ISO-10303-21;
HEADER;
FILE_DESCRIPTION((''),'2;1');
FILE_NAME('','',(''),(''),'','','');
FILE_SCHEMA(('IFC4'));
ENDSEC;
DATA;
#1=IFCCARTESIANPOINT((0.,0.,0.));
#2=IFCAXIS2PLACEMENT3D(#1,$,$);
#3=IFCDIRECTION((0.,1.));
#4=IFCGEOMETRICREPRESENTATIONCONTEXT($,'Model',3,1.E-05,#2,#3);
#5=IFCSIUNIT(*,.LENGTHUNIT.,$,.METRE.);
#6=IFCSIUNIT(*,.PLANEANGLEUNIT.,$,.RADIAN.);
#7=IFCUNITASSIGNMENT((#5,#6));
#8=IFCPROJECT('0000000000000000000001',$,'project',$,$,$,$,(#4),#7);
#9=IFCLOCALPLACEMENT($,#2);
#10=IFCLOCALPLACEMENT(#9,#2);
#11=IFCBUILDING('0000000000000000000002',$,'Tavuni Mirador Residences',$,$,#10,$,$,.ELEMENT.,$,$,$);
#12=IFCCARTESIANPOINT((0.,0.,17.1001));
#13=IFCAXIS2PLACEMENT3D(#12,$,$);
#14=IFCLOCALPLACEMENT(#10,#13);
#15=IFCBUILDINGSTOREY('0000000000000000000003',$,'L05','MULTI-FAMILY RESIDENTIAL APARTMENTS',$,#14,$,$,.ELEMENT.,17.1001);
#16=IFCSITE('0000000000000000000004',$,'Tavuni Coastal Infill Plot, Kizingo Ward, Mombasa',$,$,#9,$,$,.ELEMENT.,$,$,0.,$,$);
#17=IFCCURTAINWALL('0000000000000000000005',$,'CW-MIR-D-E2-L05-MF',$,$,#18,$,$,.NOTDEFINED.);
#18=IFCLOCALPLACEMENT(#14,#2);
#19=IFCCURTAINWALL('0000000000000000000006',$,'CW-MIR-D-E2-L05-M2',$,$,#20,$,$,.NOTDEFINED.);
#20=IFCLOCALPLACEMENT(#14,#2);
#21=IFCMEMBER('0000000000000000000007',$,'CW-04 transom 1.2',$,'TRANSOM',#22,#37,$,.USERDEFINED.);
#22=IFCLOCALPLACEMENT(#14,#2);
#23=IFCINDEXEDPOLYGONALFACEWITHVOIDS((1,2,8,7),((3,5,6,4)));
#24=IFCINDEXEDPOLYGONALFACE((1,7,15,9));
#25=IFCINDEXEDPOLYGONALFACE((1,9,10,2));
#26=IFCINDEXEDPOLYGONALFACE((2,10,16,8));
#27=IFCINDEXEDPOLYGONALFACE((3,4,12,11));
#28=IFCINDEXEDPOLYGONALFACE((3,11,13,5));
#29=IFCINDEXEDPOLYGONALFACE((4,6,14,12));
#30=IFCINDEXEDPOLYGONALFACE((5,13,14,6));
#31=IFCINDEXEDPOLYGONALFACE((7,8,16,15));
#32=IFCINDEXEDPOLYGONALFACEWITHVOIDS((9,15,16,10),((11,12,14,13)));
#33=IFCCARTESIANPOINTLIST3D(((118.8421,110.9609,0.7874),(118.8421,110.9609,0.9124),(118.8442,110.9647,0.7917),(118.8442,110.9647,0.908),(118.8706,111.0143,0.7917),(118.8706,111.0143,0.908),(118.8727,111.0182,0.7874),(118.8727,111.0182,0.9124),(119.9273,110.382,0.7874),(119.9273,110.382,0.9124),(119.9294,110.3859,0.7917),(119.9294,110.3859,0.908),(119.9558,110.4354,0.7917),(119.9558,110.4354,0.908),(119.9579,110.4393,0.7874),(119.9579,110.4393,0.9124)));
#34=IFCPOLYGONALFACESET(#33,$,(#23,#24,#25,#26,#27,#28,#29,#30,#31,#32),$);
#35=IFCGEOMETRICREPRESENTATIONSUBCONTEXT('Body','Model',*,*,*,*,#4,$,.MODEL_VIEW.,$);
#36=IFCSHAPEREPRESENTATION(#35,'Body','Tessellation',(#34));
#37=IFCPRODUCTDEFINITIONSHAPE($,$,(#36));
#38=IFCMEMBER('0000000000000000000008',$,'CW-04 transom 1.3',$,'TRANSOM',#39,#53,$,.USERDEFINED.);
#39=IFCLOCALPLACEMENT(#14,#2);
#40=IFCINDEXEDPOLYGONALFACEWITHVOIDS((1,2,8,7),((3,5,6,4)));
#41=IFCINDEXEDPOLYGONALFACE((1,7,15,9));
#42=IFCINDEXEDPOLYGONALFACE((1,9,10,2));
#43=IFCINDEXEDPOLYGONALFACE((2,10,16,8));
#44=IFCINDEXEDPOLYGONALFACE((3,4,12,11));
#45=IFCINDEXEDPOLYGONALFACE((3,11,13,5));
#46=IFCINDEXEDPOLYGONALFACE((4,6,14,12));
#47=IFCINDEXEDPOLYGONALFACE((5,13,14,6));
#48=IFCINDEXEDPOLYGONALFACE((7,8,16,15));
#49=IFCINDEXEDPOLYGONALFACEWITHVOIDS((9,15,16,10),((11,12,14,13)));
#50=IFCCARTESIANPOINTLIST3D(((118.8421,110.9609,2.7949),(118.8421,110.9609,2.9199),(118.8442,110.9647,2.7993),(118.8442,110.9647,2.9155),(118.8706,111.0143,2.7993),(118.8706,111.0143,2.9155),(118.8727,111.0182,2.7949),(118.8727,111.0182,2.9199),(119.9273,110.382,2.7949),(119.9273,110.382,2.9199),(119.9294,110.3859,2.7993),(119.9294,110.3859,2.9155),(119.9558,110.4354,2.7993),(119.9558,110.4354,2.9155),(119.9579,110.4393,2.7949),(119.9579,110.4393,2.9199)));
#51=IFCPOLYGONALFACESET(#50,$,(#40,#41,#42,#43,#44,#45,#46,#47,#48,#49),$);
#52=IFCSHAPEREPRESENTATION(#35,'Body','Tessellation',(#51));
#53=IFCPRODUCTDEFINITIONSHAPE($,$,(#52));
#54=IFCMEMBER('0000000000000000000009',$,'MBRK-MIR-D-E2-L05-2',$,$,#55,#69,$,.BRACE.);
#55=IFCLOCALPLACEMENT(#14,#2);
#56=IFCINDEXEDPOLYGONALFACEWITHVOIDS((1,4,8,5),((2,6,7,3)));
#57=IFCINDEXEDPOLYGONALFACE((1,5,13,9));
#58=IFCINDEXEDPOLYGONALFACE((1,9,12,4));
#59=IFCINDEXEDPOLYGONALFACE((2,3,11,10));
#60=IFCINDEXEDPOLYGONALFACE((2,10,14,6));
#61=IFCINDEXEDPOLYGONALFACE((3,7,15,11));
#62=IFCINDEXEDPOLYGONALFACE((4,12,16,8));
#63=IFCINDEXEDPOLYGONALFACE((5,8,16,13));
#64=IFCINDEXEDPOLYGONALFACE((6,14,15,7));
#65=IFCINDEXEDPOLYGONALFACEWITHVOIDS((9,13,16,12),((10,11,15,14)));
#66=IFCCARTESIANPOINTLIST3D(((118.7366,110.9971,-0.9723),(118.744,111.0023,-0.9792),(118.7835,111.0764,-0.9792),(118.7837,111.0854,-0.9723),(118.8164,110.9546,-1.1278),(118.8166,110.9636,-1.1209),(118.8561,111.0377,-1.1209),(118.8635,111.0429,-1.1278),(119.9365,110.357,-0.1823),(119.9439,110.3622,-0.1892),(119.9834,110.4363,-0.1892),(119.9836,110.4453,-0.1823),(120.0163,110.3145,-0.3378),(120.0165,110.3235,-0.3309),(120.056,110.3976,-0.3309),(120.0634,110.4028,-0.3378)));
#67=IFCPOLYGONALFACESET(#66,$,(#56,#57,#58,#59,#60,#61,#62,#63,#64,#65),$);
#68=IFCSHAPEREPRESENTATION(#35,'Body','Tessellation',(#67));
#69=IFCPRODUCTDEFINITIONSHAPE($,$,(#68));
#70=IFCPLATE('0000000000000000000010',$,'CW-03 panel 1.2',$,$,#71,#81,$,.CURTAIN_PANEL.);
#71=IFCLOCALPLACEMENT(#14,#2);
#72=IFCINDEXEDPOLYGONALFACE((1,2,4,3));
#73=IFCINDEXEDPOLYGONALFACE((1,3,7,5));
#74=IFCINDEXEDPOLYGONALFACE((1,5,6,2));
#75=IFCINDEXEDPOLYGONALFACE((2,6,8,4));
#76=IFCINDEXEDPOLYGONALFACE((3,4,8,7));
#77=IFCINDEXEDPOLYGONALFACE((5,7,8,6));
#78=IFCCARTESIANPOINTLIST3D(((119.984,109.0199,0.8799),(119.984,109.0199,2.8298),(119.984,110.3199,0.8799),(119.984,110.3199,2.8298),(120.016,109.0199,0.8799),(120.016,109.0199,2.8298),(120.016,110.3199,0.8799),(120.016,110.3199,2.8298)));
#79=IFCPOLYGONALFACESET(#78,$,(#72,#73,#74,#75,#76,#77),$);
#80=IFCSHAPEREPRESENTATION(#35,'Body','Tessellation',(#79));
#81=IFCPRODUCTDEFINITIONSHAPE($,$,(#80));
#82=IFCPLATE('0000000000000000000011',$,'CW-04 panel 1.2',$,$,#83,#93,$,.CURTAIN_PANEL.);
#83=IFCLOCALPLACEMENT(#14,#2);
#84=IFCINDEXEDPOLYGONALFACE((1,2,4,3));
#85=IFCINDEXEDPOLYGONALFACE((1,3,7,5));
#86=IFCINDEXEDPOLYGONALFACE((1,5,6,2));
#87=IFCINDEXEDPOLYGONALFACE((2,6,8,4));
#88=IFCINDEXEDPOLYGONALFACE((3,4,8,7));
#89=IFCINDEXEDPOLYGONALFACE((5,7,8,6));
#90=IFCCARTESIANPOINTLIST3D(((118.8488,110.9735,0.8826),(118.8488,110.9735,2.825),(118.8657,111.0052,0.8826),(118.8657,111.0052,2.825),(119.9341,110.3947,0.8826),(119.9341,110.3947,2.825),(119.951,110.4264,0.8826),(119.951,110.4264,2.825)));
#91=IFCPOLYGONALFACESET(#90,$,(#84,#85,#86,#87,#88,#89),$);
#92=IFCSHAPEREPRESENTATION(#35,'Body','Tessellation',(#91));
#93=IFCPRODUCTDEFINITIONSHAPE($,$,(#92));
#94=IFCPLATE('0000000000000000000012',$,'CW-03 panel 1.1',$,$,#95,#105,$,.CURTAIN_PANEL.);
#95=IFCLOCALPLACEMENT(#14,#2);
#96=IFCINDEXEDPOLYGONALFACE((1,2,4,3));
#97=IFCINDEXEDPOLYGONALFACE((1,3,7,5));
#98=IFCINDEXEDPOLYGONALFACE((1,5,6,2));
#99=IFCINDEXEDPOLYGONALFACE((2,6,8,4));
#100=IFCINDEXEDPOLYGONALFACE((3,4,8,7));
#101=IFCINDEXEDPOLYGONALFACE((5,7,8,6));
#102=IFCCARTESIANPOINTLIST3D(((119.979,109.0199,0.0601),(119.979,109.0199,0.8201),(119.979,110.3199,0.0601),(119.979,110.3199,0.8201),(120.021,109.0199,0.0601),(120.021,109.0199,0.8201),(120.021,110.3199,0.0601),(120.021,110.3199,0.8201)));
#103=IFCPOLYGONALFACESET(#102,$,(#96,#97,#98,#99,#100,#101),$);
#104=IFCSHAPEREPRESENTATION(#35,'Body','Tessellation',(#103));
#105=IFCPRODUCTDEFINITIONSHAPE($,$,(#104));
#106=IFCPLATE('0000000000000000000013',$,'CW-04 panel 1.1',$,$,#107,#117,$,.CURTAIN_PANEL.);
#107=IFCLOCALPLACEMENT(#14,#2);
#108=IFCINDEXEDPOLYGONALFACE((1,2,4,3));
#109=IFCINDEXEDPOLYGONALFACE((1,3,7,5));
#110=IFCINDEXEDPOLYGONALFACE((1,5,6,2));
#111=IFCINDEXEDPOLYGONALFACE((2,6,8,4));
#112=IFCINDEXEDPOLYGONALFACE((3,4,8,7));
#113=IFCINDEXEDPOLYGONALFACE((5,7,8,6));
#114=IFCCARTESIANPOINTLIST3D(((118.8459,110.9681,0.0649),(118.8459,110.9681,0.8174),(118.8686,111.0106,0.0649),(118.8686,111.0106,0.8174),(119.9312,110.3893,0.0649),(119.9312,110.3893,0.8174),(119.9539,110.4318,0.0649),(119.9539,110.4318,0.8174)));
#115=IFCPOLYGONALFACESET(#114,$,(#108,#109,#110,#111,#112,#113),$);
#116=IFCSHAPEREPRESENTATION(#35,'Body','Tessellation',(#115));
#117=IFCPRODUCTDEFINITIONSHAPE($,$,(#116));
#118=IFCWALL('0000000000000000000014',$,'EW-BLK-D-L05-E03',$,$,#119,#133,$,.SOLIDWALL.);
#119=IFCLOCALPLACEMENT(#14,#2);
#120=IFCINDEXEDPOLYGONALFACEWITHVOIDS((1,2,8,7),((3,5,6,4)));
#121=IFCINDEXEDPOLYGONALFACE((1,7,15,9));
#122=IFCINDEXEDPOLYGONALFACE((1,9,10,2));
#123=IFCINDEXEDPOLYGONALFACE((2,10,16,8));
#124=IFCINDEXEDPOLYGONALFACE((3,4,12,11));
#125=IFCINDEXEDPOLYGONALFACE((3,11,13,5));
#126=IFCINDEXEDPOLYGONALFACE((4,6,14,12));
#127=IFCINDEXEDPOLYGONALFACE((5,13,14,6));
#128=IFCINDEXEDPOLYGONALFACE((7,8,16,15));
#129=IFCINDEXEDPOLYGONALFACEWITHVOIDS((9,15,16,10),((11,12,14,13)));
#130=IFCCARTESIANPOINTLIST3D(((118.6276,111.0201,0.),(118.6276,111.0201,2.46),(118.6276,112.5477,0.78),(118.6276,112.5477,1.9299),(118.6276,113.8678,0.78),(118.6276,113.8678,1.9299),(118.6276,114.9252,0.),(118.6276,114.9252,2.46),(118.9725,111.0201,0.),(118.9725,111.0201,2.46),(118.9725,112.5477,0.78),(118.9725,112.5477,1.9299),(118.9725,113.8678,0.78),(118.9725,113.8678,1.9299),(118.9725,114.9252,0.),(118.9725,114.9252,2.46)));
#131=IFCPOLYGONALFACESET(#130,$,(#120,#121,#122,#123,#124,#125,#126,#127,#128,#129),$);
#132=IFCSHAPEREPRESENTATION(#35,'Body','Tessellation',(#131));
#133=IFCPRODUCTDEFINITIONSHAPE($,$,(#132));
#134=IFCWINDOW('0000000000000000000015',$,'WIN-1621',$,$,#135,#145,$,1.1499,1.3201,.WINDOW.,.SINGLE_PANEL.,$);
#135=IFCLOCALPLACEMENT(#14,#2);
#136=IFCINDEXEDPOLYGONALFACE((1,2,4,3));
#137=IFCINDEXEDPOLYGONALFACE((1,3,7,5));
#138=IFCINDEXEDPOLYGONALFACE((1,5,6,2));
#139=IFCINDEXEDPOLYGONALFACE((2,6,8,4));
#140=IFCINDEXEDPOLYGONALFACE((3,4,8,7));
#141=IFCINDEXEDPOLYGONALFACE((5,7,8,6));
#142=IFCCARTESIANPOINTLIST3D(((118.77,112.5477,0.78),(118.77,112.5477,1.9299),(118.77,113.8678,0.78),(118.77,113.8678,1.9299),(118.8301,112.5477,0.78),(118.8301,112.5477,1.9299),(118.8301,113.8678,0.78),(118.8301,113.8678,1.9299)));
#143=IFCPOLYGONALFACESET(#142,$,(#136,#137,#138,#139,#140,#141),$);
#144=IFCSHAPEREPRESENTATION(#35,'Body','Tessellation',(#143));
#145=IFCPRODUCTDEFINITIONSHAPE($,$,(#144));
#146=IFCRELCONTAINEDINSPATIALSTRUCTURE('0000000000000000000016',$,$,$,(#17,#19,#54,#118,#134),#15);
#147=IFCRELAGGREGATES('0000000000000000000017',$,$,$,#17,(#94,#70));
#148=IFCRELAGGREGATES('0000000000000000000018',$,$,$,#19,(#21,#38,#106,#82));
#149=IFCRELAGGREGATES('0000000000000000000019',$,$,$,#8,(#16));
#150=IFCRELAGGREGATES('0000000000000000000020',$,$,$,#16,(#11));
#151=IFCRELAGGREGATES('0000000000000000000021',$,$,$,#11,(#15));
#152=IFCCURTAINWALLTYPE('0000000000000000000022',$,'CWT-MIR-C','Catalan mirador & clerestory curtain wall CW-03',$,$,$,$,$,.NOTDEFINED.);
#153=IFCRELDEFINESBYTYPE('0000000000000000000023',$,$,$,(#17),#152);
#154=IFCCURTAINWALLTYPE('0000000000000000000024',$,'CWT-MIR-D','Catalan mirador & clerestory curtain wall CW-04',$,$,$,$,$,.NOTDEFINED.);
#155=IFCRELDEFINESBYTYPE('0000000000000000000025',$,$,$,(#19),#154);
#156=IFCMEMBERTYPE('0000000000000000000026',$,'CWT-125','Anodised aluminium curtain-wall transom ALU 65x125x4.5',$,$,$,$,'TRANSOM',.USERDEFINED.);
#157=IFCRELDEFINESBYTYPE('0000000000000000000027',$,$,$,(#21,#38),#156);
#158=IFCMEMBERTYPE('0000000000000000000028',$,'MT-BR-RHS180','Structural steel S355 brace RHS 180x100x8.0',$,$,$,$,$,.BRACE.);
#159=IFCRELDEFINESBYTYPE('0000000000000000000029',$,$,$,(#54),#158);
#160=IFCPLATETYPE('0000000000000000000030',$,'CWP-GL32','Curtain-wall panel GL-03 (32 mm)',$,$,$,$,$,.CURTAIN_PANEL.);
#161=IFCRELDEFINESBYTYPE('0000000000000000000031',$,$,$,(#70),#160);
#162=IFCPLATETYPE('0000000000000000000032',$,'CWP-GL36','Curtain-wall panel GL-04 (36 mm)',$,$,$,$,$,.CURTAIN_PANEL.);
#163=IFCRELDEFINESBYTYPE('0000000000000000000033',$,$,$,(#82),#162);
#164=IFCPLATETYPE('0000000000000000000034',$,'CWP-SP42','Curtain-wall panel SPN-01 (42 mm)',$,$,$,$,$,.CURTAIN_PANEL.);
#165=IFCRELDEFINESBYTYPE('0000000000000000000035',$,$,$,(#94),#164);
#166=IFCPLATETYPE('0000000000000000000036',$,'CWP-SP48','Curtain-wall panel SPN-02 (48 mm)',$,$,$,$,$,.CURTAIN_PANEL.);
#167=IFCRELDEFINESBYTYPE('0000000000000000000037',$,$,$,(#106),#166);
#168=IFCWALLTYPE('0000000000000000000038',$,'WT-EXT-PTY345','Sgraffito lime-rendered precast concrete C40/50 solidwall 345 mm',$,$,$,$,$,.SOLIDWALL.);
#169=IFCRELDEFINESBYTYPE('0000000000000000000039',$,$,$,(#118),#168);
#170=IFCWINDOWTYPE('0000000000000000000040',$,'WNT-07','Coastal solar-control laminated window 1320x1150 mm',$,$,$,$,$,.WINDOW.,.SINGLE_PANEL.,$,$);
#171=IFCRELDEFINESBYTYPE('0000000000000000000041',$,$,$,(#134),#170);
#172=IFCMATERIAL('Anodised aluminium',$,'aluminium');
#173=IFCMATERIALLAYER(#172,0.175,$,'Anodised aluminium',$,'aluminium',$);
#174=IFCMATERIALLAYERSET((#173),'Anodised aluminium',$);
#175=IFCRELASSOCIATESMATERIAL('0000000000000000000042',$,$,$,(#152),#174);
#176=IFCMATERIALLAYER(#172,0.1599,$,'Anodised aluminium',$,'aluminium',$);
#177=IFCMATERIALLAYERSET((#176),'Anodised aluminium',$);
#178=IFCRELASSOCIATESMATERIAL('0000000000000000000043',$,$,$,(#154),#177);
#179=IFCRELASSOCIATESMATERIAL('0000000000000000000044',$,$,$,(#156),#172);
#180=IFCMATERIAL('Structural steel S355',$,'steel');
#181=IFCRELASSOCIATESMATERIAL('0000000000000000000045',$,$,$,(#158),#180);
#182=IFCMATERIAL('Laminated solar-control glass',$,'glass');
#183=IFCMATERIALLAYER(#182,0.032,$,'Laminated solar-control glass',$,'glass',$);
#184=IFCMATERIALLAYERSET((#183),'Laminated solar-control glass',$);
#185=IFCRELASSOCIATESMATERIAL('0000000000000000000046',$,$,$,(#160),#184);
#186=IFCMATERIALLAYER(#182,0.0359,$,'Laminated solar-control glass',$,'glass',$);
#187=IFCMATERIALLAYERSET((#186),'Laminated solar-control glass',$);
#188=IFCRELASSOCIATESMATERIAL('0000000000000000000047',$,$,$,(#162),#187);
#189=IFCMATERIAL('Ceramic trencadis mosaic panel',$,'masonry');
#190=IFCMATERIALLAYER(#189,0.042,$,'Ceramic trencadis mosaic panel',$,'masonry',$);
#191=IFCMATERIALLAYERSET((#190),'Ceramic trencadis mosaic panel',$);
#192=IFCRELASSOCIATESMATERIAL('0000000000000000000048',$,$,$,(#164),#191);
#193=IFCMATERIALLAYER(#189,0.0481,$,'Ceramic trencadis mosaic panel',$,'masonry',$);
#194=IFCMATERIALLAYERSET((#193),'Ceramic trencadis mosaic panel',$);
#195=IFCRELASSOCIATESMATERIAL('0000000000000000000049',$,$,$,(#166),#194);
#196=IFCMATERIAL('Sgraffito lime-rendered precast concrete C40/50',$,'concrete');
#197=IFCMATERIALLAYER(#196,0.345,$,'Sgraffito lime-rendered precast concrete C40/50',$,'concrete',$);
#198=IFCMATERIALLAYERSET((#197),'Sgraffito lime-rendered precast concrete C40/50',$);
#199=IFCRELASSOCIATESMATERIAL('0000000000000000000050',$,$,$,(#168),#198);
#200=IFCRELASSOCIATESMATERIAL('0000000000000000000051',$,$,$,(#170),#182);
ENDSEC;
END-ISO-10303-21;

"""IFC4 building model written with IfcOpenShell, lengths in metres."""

from ifc_helpers import new_model, si_unit, direction, frame, frame_2d, origin, origin_2d, place, context, subcontext, project, spatial, rectangle, hollow_rectangle, extrude, material, layer, layer_set, material_profile, profile_set, type_object, element, fill, aggregate, save


model = new_model("IFC4")

# Units and contexts
model_context = context("Model", 3, precision=1e-05, world=origin(), true_north=direction((0.0, 1.0)))
body_context = subcontext(model_context, "Body", "Model", "MODEL_VIEW")
ifc_project = project(units=[si_unit("LENGTHUNIT", "METRE"), si_unit("PLANEANGLEUNIT", "RADIAN")], contexts=[model_context])

# Site, building, storey
site_placement = place(None, origin())
site = spatial("IfcSite", under=ifc_project, at=site_placement, Name="Tavuni Coastal Infill Plot, Kizingo Ward, Mombasa", CompositionType="ELEMENT", RefElevation=0.0)
building_placement = place(site_placement, origin())
building = spatial("IfcBuilding", under=site, at=building_placement, Name="Tavuni Mirador Residences", CompositionType="ELEMENT")
storey_placement = place(building_placement, frame((0.0, 0.0, 17.1001)))
storey = spatial("IfcBuildingStorey", under=building, at=storey_placement, Name="L05", Description="MULTI-FAMILY RESIDENTIAL APARTMENTS", CompositionType="ELEMENT", Elevation=17.1001)

# Curtain walls
ifc_material_1 = material(Name="Anodised aluminium", Category="aluminium")
ifc_layer_1 = layer(ifc_material_1, 0.175, Name="Anodised aluminium", Category="aluminium")
ifc_layer_set_1 = layer_set([ifc_layer_1], Name="Anodised aluminium")
curtain_wall_type_1 = type_object("IfcCurtainWallType", Name="CWT-MIR-C", Description="Catalan mirador & clerestory curtain wall CW-03", PredefinedType="NOTDEFINED", material=ifc_layer_set_1)
curtain_wall_1_placement = place(storey_placement, origin())
curtain_wall_1 = element("IfcCurtainWall", 1, at=curtain_wall_1_placement, inside=storey, type_object=curtain_wall_type_1, Name="CW-MIR-D-E2-L05-MF", PredefinedType="NOTDEFINED")
ifc_layer_2 = layer(ifc_material_1, 0.1599, Name="Anodised aluminium", Category="aluminium")
ifc_layer_set_2 = layer_set([ifc_layer_2], Name="Anodised aluminium")
curtain_wall_type_2 = type_object("IfcCurtainWallType", Name="CWT-MIR-D", Description="Catalan mirador & clerestory curtain wall CW-04", PredefinedType="NOTDEFINED", material=ifc_layer_set_2)
curtain_wall_2_placement = place(storey_placement, origin())
curtain_wall_2 = element("IfcCurtainWall", 2, at=curtain_wall_2_placement, inside=storey, type_object=curtain_wall_type_2, Name="CW-MIR-D-E2-L05-M2", PredefinedType="NOTDEFINED")

# Members
ifc_material_profile_1 = material_profile(ifc_material_1, hollow_rectangle(XDim=0.0649, YDim=0.125, WallThickness=0.0044, at=origin_2d()), Name="ALU 65x125x4.5", Category="aluminium")
ifc_profile_set_1 = profile_set([ifc_material_profile_1], Name="Anodised aluminium")
member_type_1 = type_object("IfcMemberType", Name="CWT-125", Description="Anodised aluminium curtain-wall transom ALU 65x125x4.5", ElementType="TRANSOM", PredefinedType="USERDEFINED", material=ifc_profile_set_1)
member_1_placement = place(storey_placement, frame((119.9426, 110.4106, 0.8499), z_axis=(-0.882325, 0.47064, 0.0), x_axis=(-0.47064, -0.882325, 0.0)))
member_1 = element("IfcMember", 3, at=member_1_placement, type_object=member_type_1, Name="CW-04 transom 1.2", ObjectType="TRANSOM", PredefinedType="USERDEFINED", context=body_context, shape_type="SweptSolid", body=[
    extrude(hollow_rectangle(XDim=0.0649, YDim=0.125, WallThickness=0.0044, at=origin_2d()), origin(), (0.0, 0.0, 1.0), 1.23),
])
member_2_placement = place(storey_placement, frame((119.9426, 110.4106, 2.8574), z_axis=(-0.882325, 0.47064, 0.0), x_axis=(-0.47064, -0.882325, 0.0)))
member_2 = element("IfcMember", 4, at=member_2_placement, type_object=member_type_1, Name="CW-04 transom 1.3", ObjectType="TRANSOM", PredefinedType="USERDEFINED", context=body_context, shape_type="SweptSolid", body=[
    extrude(hollow_rectangle(XDim=0.0649, YDim=0.125, WallThickness=0.0044, at=origin_2d()), origin(), (0.0, 0.0, 1.0), 1.23),
])
ifc_material_2 = material(Name="Structural steel S355", Category="steel")
ifc_material_profile_2 = material_profile(ifc_material_2, hollow_rectangle(XDim=0.1001, YDim=0.1799, WallThickness=0.0081, at=origin_2d()), Name="RHS 180x100x8.0", Category="steel")
ifc_profile_set_2 = profile_set([ifc_material_profile_2], Name="Structural steel S355")
member_type_2 = type_object("IfcMemberType", Name="MT-BR-RHS180", Description="Structural steel S355 brace RHS 180x100x8.0", PredefinedType="BRACE", material=ifc_profile_set_2)
member_3_placement = place(storey_placement, frame((118.8, 111.02, -1.05), z_axis=(0.762921, -0.406995, 0.502302), x_axis=(0.470681, 0.882303, 0.0)))
element("IfcMember", 5, at=member_3_placement, inside=storey, type_object=member_type_2, Name="MBRK-MIR-D-E2-L05-2", PredefinedType="BRACE", context=body_context, shape_type="SweptSolid", body=[
    extrude(hollow_rectangle(XDim=0.1001, YDim=0.1799, WallThickness=0.0081, at=origin_2d()), origin(), (0.0, 0.0, 1.0), 1.5728),
])

# Plates
ifc_material_3 = material(Name="Laminated solar-control glass", Category="glass")
ifc_layer_3 = layer(ifc_material_3, 0.032, Name="Laminated solar-control glass", Category="glass")
ifc_layer_set_3 = layer_set([ifc_layer_3], Name="Laminated solar-control glass")
plate_type_1 = type_object("IfcPlateType", Name="CWP-GL32", Description="Curtain-wall panel GL-03 (32 mm)", PredefinedType="CURTAIN_PANEL", material=ifc_layer_set_3)
plate_1_placement = place(storey_placement, frame((120.0, 109.6699, 0.8799), z_axis=(0.0, 0.0, 1.0), x_axis=(0.0, 1.0, 0.0)))
plate_1 = element("IfcPlate", 6, at=plate_1_placement, type_object=plate_type_1, Name="CW-03 panel 1.2", PredefinedType="CURTAIN_PANEL", context=body_context, shape_type="SweptSolid", body=[
    extrude(rectangle(XDim=1.3, YDim=0.032, at=origin_2d()), origin(), (0.0, 0.0, 1.0), 1.95),
])
ifc_layer_4 = layer(ifc_material_3, 0.0359, Name="Laminated solar-control glass", Category="glass")
ifc_layer_set_4 = layer_set([ifc_layer_4], Name="Laminated solar-control glass")
plate_type_2 = type_object("IfcPlateType", Name="CWP-GL36", Description="Curtain-wall panel GL-04 (36 mm)", PredefinedType="CURTAIN_PANEL", material=ifc_layer_set_4)
plate_2_placement = place(storey_placement, frame((119.3999, 110.7, 0.8826), z_axis=(0.0, 0.0, 1.0), x_axis=(-0.882353, 0.470588, 0.0)))
plate_2 = element("IfcPlate", 7, at=plate_2_placement, type_object=plate_type_2, Name="CW-04 panel 1.2", PredefinedType="CURTAIN_PANEL", context=body_context, shape_type="SweptSolid", body=[
    extrude(rectangle(XDim=1.23, YDim=0.0359, at=origin_2d()), origin(), (0.0, 0.0, 1.0), 1.9424),
])
ifc_material_4 = material(Name="Ceramic trencadis mosaic panel", Category="masonry")
ifc_layer_5 = layer(ifc_material_4, 0.042, Name="Ceramic trencadis mosaic panel", Category="masonry")
ifc_layer_set_5 = layer_set([ifc_layer_5], Name="Ceramic trencadis mosaic panel")
plate_type_3 = type_object("IfcPlateType", Name="CWP-SP42", Description="Curtain-wall panel SPN-01 (42 mm)", PredefinedType="CURTAIN_PANEL", material=ifc_layer_set_5)
plate_3_placement = place(storey_placement, frame((120.0, 109.6699, 0.0601), z_axis=(0.0, 0.0, 1.0), x_axis=(0.0, 1.0, 0.0)))
plate_3 = element("IfcPlate", 8, at=plate_3_placement, type_object=plate_type_3, Name="CW-03 panel 1.1", PredefinedType="CURTAIN_PANEL", context=body_context, shape_type="SweptSolid", body=[
    extrude(rectangle(XDim=1.3, YDim=0.042, at=origin_2d()), origin(), (0.0, 0.0, 1.0), 0.76),
])
aggregate(curtain_wall_1, [plate_3, plate_1])
ifc_layer_6 = layer(ifc_material_4, 0.0481, Name="Ceramic trencadis mosaic panel", Category="masonry")
ifc_layer_set_6 = layer_set([ifc_layer_6], Name="Ceramic trencadis mosaic panel")
plate_type_4 = type_object("IfcPlateType", Name="CWP-SP48", Description="Curtain-wall panel SPN-02 (48 mm)", PredefinedType="CURTAIN_PANEL", material=ifc_layer_set_6)
plate_4_placement = place(storey_placement, frame((119.3999, 110.7, 0.0649), z_axis=(0.0, 0.0, 1.0), x_axis=(-0.882353, 0.470588, 0.0)))
plate_4 = element("IfcPlate", 9, at=plate_4_placement, type_object=plate_type_4, Name="CW-04 panel 1.1", PredefinedType="CURTAIN_PANEL", context=body_context, shape_type="SweptSolid", body=[
    extrude(rectangle(XDim=1.23, YDim=0.0481, at=origin_2d()), origin(), (0.0, 0.0, 1.0), 0.7524),
])
aggregate(curtain_wall_2, [member_1, member_2, plate_4, plate_2])

# Wall, opening, window
ifc_material_5 = material(Name="Sgraffito lime-rendered precast concrete C40/50", Category="concrete")
ifc_layer_7 = layer(ifc_material_5, 0.345, Name="Sgraffito lime-rendered precast concrete C40/50", Category="concrete")
ifc_layer_set_7 = layer_set([ifc_layer_7], Name="Sgraffito lime-rendered precast concrete C40/50")
wall_type = type_object("IfcWallType", Name="WT-EXT-PTY345", Description="Sgraffito lime-rendered precast concrete C40/50 solidwall 345 mm", PredefinedType="SOLIDWALL", material=ifc_layer_set_7)
wall_1_placement = place(storey_placement, frame((118.8, 111.02, 0.0), z_axis=(0.0, 0.0, 1.0), x_axis=(0.0, 1.0, 0.0)))
wall_1 = element("IfcWall", 10, at=wall_1_placement, inside=storey, type_object=wall_type, Name="EW-BLK-D-L05-E03", PredefinedType="SOLIDWALL", context=body_context, shape_type="SweptSolid", body=[
    extrude(rectangle(XDim=3.905, YDim=0.345, at=frame_2d((1.9526, 0.0))), origin(), (0.0, 0.0, 1.0), 2.46),
])
opening_1_placement = place(wall_1_placement, frame((1.5276, 0.0, 0.78)))
opening_1 = element("IfcOpeningElement", 11, at=opening_1_placement, cuts=wall_1, PredefinedType="OPENING", context=body_context, shape_type="SweptSolid", body=[
    extrude(rectangle(XDim=1.3201, YDim=1.1499, at=frame_2d((0.6602, 0.575))), frame((0.0, 0.1826, 0.0), z_axis=(0.0, -1.0, 0.0), x_axis=(1.0, 0.0, 0.0)), (0.0, 0.0, 1.0), 0.365),
])
window_type_1 = type_object("IfcWindowType", Name="WNT-07", Description="Coastal solar-control laminated window 1320x1150 mm", PartitioningType="SINGLE_PANEL", PredefinedType="WINDOW", material=ifc_material_3)
window_1_placement = place(opening_1_placement, origin())
window_1 = element("IfcWindow", 12, at=window_1_placement, inside=storey, type_object=window_type_1, Name="WIN-1621", OverallHeight=1.1499, OverallWidth=1.3201, PartitioningType="SINGLE_PANEL", PredefinedType="WINDOW", context=body_context, shape_type="SweptSolid", body=[
    extrude(rectangle(XDim=1.3201, YDim=1.1499, at=frame_2d((0.6602, 0.575))), frame((0.0, 0.03, 0.0), z_axis=(0.0, -1.0, 0.0), x_axis=(1.0, 0.0, 0.0)), (0.0, 0.0, 1.0), 0.0601),
])
fill(opening_1, window_1)

save(model, "model.ifc")
